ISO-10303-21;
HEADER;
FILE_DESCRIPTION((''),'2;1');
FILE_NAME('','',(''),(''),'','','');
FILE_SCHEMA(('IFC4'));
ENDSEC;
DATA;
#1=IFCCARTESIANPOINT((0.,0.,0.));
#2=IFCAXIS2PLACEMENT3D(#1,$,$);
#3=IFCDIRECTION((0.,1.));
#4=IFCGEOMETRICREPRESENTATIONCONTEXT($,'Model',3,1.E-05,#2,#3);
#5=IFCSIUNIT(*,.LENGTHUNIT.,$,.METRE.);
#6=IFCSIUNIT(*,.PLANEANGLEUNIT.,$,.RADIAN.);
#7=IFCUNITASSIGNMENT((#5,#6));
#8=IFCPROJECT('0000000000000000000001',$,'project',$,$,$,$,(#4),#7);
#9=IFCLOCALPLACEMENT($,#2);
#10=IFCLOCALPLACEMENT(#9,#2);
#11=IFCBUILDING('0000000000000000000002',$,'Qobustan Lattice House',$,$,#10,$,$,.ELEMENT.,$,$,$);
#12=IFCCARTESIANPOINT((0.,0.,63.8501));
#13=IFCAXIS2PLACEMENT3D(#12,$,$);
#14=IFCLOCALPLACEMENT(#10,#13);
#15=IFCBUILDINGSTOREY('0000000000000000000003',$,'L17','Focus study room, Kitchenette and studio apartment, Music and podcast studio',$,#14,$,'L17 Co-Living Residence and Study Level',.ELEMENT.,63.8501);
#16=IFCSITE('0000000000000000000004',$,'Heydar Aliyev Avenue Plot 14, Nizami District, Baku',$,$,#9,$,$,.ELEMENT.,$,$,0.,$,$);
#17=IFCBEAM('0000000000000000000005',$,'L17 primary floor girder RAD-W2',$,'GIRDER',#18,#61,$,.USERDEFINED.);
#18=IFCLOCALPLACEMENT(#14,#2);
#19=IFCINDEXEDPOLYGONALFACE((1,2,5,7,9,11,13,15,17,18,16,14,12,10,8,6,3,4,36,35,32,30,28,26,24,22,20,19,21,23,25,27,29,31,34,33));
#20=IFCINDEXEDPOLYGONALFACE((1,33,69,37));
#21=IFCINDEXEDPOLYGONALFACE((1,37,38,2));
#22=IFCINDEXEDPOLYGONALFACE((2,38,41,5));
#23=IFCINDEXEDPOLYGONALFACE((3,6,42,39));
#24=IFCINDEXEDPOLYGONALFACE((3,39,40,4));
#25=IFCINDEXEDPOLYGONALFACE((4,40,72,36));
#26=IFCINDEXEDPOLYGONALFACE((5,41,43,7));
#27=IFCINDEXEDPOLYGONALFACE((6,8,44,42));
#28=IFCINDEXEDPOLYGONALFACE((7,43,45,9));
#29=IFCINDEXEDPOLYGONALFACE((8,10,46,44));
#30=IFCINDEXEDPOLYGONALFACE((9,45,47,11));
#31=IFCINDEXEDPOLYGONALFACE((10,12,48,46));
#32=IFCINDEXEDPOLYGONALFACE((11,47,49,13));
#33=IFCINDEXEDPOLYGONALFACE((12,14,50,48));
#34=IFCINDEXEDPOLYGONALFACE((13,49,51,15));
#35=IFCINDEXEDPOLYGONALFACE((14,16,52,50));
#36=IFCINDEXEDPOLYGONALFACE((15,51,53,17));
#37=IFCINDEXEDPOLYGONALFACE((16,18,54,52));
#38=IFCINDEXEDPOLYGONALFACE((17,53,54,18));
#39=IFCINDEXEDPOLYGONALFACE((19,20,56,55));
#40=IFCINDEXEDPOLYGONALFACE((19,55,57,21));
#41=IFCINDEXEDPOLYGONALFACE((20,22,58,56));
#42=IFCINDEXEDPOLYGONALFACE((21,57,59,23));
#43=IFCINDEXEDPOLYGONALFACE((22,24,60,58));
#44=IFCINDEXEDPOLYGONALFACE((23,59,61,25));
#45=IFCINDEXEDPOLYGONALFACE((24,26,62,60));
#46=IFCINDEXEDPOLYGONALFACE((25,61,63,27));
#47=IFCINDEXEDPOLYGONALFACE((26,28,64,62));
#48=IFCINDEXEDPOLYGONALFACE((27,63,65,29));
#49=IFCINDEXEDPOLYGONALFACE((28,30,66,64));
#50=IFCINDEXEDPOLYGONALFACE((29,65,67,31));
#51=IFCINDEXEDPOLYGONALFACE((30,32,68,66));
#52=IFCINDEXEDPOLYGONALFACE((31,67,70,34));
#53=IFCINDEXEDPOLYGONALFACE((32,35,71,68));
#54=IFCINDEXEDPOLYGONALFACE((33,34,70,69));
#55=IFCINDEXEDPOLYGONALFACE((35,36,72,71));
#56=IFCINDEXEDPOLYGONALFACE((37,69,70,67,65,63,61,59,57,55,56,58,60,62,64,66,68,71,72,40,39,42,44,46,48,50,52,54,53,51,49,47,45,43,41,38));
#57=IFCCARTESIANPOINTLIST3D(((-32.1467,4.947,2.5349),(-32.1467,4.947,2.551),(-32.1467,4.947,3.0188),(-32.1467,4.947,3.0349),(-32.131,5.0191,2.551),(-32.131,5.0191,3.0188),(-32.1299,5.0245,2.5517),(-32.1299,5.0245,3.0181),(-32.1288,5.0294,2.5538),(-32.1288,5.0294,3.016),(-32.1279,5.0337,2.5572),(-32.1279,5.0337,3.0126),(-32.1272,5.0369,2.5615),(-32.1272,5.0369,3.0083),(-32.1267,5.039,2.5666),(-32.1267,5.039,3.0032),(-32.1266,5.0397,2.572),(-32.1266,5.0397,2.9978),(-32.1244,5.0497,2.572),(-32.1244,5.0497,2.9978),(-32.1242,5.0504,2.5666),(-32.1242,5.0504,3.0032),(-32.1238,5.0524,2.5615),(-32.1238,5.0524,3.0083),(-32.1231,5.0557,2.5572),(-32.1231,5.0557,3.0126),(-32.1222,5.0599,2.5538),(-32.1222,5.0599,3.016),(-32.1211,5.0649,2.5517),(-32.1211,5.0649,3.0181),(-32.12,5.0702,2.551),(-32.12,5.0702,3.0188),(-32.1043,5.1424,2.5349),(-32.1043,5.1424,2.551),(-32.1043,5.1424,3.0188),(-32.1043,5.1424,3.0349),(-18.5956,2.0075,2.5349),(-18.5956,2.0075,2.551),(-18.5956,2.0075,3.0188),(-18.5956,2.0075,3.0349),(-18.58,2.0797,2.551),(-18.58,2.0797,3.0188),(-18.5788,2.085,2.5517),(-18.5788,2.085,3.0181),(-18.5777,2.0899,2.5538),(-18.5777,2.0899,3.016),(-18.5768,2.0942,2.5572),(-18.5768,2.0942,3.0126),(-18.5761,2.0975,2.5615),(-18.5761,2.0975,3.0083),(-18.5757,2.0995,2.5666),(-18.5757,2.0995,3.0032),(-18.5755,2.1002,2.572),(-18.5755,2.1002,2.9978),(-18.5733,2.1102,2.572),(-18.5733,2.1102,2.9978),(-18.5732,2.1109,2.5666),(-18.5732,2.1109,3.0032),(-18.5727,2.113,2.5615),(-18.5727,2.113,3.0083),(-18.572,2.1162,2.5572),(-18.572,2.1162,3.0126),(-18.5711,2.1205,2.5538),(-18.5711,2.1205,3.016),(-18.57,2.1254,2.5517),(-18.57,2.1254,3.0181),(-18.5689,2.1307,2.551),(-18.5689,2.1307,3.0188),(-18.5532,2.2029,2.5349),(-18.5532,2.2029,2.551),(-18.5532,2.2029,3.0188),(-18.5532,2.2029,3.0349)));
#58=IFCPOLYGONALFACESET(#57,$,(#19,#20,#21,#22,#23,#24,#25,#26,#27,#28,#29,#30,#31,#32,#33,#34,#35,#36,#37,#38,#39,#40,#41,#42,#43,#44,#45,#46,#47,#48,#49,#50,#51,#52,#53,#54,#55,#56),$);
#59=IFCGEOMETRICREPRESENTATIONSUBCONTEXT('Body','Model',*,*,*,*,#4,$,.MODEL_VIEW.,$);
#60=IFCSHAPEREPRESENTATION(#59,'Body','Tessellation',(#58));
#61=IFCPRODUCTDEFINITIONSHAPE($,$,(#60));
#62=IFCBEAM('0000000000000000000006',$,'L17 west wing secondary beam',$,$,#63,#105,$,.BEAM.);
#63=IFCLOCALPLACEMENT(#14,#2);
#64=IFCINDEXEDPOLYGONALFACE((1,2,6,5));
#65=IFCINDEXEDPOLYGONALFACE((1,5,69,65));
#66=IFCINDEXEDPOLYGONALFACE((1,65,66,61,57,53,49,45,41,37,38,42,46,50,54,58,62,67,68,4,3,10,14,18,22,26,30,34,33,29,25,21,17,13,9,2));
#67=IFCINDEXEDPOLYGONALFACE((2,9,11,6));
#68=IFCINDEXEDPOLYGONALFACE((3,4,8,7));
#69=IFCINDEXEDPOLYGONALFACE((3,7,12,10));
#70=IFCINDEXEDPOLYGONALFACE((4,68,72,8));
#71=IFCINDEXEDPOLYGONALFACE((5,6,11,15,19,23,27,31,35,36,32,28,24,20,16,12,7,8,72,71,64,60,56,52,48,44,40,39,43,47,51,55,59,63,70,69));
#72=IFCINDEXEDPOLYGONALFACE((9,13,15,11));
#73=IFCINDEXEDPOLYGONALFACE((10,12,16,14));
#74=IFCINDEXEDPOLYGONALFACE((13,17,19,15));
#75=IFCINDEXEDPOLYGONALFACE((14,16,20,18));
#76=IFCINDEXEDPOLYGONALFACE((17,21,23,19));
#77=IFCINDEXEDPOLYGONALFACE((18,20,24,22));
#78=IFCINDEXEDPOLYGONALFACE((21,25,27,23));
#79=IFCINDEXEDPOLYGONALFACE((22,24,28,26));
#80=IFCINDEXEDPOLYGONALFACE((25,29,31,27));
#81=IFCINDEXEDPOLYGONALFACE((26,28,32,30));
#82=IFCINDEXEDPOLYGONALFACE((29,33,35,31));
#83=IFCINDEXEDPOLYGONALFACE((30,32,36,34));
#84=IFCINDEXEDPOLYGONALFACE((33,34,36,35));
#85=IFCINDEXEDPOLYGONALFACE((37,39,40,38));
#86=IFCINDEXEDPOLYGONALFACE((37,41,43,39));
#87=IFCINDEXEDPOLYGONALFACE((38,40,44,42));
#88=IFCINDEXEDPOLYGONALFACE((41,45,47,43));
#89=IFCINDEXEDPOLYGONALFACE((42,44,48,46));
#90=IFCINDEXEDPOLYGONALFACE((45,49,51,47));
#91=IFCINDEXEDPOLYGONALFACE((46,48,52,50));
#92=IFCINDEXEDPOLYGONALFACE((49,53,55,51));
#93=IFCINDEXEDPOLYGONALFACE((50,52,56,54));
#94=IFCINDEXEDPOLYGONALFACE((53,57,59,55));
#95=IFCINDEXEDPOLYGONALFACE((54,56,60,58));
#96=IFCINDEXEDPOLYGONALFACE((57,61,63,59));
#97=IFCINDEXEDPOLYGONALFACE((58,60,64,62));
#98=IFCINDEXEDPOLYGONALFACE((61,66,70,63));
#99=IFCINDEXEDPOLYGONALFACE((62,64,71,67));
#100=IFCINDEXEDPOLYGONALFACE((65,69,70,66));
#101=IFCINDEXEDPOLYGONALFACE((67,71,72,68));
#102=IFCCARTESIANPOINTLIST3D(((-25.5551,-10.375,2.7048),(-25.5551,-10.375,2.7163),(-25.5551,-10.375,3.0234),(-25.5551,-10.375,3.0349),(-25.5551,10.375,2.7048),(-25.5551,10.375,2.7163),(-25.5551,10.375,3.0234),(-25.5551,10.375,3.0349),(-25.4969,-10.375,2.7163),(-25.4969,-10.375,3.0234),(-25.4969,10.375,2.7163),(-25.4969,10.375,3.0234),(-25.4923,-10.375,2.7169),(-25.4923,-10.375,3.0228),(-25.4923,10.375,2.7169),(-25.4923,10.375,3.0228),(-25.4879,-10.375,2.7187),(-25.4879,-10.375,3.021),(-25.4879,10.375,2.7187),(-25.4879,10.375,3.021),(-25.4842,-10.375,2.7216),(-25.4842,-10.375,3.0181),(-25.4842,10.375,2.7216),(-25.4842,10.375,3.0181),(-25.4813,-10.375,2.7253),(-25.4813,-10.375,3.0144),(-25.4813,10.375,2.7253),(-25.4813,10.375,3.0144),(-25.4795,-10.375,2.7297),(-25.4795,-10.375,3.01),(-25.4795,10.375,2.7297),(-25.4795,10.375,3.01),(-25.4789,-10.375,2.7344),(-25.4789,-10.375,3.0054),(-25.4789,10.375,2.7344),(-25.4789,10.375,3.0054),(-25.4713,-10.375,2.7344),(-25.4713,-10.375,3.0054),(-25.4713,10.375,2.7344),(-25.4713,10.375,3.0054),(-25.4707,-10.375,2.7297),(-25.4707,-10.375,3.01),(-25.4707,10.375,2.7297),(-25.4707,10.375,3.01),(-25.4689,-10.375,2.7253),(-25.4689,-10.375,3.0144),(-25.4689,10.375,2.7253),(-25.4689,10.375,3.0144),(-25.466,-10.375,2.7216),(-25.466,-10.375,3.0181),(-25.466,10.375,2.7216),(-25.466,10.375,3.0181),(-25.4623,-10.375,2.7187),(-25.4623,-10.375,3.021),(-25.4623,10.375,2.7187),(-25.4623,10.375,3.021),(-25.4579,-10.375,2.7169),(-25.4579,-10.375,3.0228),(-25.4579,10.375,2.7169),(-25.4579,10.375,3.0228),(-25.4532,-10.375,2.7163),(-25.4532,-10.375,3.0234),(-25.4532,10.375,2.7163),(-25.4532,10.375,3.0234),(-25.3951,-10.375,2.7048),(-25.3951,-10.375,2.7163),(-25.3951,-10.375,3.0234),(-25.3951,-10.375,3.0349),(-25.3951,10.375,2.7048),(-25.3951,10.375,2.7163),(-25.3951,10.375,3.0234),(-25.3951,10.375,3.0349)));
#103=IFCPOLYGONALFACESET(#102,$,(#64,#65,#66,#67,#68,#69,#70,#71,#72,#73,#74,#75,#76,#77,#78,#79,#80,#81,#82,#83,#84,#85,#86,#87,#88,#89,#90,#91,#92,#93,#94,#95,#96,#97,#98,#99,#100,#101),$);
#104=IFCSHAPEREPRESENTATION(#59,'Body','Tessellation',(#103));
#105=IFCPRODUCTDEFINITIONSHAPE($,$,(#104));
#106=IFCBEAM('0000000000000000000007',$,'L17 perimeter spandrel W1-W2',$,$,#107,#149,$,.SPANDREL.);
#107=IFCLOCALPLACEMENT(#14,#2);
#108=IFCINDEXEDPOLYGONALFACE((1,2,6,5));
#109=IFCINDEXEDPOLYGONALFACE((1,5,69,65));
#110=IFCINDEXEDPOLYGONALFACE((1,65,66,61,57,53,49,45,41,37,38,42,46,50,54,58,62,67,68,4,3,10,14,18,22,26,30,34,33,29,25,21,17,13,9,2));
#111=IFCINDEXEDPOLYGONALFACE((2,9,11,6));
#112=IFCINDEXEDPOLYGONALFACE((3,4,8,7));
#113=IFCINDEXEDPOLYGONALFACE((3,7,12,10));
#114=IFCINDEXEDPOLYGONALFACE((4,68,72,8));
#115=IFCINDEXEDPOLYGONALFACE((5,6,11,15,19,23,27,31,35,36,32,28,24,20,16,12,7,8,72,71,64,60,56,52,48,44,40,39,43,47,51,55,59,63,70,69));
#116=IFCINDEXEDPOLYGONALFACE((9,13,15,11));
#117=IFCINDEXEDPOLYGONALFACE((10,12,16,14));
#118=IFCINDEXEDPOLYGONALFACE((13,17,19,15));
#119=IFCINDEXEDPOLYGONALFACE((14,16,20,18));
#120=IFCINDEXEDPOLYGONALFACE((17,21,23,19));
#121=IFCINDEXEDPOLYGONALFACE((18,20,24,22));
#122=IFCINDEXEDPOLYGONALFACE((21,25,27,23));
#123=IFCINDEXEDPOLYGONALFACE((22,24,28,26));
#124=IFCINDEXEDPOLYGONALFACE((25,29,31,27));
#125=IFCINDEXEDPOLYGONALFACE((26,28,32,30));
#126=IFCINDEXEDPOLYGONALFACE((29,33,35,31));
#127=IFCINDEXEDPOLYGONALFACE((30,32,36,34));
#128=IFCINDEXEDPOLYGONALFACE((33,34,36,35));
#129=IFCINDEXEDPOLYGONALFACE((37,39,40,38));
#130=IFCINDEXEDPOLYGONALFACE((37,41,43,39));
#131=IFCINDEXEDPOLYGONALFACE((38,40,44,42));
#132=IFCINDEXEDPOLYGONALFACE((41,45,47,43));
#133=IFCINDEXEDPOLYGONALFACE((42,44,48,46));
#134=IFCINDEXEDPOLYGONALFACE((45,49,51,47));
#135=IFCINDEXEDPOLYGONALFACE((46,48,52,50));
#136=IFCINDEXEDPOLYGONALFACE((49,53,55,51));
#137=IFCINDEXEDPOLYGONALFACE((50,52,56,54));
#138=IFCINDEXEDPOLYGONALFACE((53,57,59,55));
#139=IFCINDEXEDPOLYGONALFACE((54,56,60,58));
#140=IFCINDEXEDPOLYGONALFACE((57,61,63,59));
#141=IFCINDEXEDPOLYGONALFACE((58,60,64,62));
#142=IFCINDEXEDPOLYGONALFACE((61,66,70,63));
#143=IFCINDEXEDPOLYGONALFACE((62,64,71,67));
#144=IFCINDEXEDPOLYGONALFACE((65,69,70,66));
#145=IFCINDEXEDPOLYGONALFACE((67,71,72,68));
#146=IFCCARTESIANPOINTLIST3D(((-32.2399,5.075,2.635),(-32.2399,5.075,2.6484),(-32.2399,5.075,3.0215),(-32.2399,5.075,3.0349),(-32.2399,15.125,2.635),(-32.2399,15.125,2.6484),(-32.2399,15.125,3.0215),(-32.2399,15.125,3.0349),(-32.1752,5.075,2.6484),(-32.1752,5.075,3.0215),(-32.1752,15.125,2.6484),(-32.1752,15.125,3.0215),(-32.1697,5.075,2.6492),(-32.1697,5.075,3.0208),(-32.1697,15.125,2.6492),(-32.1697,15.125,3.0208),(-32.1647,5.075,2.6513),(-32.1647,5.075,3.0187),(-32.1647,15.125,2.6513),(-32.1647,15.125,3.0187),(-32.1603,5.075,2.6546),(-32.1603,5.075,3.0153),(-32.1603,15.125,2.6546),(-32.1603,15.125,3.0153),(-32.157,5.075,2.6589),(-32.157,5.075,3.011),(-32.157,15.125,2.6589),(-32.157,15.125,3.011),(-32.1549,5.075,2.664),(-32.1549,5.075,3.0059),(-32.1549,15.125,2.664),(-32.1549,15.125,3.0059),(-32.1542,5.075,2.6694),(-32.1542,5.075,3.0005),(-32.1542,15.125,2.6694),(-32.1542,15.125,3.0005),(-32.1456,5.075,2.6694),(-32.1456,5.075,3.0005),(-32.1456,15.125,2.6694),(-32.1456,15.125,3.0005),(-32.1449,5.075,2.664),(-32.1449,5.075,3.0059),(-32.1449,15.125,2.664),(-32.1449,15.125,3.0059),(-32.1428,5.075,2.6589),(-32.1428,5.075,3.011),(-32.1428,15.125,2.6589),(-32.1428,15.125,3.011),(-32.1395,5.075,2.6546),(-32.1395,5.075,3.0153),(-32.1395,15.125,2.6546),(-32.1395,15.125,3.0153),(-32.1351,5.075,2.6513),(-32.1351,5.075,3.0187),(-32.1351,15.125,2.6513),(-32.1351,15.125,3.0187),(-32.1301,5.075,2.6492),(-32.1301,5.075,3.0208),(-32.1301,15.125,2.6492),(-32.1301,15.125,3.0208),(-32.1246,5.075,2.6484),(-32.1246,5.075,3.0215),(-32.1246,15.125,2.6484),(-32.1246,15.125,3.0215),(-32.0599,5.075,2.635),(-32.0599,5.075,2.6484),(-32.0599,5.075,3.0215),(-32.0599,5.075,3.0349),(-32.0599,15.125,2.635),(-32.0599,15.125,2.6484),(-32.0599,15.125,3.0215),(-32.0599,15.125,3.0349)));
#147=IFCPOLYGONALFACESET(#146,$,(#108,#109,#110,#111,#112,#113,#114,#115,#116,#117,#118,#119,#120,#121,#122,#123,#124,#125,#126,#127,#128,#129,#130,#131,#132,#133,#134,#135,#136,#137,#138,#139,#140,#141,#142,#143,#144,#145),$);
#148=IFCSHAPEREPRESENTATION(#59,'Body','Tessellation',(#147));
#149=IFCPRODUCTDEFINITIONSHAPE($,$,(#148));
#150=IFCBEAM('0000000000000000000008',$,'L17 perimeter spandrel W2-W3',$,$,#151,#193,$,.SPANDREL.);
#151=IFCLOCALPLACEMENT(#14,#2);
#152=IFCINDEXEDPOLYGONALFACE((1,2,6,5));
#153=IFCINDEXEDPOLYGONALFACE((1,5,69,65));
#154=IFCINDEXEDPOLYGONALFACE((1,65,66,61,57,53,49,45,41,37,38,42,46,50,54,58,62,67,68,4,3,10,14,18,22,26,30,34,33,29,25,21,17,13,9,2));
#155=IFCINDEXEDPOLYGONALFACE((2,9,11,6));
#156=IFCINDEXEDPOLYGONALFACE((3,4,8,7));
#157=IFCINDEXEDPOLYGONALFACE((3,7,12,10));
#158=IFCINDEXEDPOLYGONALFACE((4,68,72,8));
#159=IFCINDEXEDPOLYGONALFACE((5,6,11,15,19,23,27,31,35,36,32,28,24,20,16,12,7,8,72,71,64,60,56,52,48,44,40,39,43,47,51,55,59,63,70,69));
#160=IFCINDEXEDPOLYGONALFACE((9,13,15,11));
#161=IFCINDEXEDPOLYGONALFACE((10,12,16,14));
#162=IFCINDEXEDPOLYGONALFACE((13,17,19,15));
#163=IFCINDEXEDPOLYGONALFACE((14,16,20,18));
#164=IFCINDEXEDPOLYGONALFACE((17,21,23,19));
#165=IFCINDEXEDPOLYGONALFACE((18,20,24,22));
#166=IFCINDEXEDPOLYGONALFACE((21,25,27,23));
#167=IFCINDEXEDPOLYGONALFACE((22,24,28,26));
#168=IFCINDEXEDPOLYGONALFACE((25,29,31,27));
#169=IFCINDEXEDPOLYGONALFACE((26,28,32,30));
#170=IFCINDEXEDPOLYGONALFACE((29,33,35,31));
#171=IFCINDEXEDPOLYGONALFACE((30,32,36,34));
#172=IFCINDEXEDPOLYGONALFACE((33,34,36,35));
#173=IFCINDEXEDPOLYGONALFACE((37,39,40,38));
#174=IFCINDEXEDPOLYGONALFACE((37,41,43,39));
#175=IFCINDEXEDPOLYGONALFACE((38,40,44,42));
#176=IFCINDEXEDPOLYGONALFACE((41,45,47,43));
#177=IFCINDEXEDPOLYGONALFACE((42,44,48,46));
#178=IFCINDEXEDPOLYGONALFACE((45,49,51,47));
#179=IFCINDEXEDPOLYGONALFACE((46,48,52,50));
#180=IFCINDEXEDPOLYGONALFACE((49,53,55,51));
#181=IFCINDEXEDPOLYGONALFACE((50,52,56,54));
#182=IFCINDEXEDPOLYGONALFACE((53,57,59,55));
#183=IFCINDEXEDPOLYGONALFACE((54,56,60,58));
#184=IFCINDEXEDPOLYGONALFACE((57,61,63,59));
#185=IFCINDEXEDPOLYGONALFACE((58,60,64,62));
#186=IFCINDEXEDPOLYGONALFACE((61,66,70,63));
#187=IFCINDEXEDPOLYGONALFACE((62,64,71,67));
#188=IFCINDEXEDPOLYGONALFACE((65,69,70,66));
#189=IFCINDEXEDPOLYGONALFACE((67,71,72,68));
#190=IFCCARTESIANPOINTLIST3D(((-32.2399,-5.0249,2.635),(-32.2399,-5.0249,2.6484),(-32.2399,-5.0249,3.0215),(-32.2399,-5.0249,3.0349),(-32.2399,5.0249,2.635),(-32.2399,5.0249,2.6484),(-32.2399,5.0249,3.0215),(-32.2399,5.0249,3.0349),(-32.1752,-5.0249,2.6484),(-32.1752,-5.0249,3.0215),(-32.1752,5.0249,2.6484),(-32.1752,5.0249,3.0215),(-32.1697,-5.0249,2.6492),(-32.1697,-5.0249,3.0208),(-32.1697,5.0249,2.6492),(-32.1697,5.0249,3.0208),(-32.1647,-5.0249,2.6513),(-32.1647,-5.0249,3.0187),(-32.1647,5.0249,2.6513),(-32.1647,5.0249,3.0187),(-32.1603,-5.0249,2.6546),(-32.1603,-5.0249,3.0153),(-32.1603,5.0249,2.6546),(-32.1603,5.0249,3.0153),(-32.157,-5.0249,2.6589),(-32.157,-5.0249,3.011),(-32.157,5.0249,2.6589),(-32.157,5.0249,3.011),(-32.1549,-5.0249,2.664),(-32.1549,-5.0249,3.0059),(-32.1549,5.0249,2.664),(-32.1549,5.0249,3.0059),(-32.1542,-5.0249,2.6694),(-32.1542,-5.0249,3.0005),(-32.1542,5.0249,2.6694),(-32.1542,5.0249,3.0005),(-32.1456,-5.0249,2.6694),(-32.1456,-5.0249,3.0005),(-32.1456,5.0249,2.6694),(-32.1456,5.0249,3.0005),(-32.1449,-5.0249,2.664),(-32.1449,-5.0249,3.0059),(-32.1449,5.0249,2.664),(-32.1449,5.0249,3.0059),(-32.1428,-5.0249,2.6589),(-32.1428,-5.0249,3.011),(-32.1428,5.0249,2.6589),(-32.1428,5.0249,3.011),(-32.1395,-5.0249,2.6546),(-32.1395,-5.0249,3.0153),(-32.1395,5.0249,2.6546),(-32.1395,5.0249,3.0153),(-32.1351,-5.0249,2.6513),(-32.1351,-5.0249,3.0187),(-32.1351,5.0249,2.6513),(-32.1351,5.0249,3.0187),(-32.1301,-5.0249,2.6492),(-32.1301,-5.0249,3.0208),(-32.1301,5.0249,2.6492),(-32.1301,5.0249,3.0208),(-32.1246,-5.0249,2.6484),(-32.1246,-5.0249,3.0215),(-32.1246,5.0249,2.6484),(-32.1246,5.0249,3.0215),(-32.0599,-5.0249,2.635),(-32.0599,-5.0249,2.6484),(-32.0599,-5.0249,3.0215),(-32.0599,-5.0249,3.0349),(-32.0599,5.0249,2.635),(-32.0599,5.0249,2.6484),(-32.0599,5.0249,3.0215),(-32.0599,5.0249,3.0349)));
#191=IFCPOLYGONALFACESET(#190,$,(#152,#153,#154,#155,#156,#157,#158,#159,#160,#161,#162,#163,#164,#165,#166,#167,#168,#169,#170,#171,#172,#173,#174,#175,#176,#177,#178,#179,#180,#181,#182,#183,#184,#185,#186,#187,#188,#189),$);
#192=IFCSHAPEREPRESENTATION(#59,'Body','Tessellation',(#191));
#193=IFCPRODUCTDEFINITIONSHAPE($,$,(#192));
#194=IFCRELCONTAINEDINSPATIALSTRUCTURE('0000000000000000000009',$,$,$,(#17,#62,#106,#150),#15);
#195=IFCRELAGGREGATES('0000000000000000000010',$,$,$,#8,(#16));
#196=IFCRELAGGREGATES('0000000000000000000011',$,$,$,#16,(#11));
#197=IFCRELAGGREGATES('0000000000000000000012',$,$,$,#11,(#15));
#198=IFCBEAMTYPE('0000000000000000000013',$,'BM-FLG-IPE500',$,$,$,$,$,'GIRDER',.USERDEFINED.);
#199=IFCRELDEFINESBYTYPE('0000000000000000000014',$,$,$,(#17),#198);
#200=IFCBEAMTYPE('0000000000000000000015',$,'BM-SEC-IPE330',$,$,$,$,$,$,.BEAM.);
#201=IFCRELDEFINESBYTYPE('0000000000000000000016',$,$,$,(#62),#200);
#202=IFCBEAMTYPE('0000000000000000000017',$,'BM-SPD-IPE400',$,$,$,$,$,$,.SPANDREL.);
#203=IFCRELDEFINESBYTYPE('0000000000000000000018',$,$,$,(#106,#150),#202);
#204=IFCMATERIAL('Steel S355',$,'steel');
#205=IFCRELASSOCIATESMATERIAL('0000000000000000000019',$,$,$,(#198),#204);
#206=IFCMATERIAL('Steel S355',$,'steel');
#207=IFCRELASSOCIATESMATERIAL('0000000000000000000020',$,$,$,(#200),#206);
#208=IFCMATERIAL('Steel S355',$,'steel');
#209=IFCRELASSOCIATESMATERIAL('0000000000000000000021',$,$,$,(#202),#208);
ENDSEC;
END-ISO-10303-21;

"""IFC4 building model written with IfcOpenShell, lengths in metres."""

from ifc_helpers import new_model, si_unit, direction, frame, origin, origin_2d, place, context, subcontext, project, spatial, i_section, extrude, material, material_profile, profile_set, type_object, element, save


model = new_model("IFC4")

# Units and contexts
model_context = context("Model", 3, precision=1e-05, world=origin(), true_north=direction((0.0, 1.0)))
body_context = subcontext(model_context, "Body", "Model", "MODEL_VIEW")
ifc_project = project(units=[si_unit("LENGTHUNIT", "METRE"), si_unit("PLANEANGLEUNIT", "RADIAN")], contexts=[model_context])

# Site, building, storey
site_placement = place(None, origin())
site = spatial("IfcSite", under=ifc_project, at=site_placement, Name="Heydar Aliyev Avenue Plot 14, Nizami District, Baku", CompositionType="ELEMENT", RefElevation=0.0)
building_placement = place(site_placement, origin())
building = spatial("IfcBuilding", under=site, at=building_placement, Name="Qobustan Lattice House", CompositionType="ELEMENT")
storey_placement = place(building_placement, frame((0.0, 0.0, 63.8501)))
storey = spatial("IfcBuildingStorey", under=building, at=storey_placement, Name="L17", Description="Focus study room, Kitchenette and studio apartment, Music and podcast studio", LongName="L17 Co-Living Residence and Study Level", CompositionType="ELEMENT", Elevation=63.8501)

# Beams
ifc_material_1 = material(Name="Steel S355", Category="steel")
ifc_material_profile_1 = material_profile(ifc_material_1, i_section(OverallWidth=0.2, OverallDepth=0.5, WebThickness=0.0103, FlangeThickness=0.0161, FilletRadius=0.021, at=origin_2d()), Name="IPE500")
ifc_profile_set_1 = profile_set([ifc_material_profile_1], Name="Steel S355")
beam_type_1 = type_object("IfcBeamType", Name="BM-FLG-IPE500", ElementType="GIRDER", PredefinedType="USERDEFINED", material=ifc_profile_set_1)
beam_1_placement = place(storey_placement, frame((-32.1255, 5.0447, 2.7849), z_axis=(0.977272, -0.211987, 0.0), x_axis=(0.211987, 0.977272, 0.0)))
element("IfcBeam", 1, at=beam_1_placement, inside=storey, type_object=beam_type_1, Name="L17 primary floor girder RAD-W2", ObjectType="GIRDER", PredefinedType="USERDEFINED", context=body_context, shape_type="SweptSolid", body=[
    extrude(i_section(OverallWidth=0.2, OverallDepth=0.5, WebThickness=0.0103, FlangeThickness=0.0161, FilletRadius=0.021, at=origin_2d()), origin(), (0.0, 0.0, 1.0), 13.8662),
])
ifc_material_2 = material(Name="Steel S355", Category="steel")
ifc_material_profile_2 = material_profile(ifc_material_2, i_section(OverallWidth=0.1599, OverallDepth=0.3301, WebThickness=0.0076, FlangeThickness=0.0115, FilletRadius=0.0181, at=origin_2d()), Name="IPE330")
ifc_profile_set_2 = profile_set([ifc_material_profile_2], Name="Steel S355")
beam_type_2 = type_object("IfcBeamType", Name="BM-SEC-IPE330", PredefinedType="BEAM", material=ifc_profile_set_2)
beam_2_placement = place(storey_placement, frame((-25.4751, 10.375, 2.8699), z_axis=(0.0, -1.0, 0.0), x_axis=(1.0, 0.0, 0.0)))
element("IfcBeam", 2, at=beam_2_placement, inside=storey, type_object=beam_type_2, Name="L17 west wing secondary beam", PredefinedType="BEAM", context=body_context, shape_type="SweptSolid", body=[
    extrude(i_section(OverallWidth=0.1599, OverallDepth=0.3301, WebThickness=0.0076, FlangeThickness=0.0115, FilletRadius=0.0181, at=origin_2d()), origin(), (0.0, 0.0, 1.0), 20.75),
])
ifc_material_3 = material(Name="Steel S355", Category="steel")
ifc_material_profile_3 = material_profile(ifc_material_3, i_section(OverallWidth=0.1799, OverallDepth=0.3999, WebThickness=0.0085, FlangeThickness=0.0134, FilletRadius=0.021, at=origin_2d()), Name="IPE400")
ifc_profile_set_3 = profile_set([ifc_material_profile_3], Name="Steel S355")
beam_type_3 = type_object("IfcBeamType", Name="BM-SPD-IPE400", PredefinedType="SPANDREL", material=ifc_profile_set_3)
beam_3_placement = place(storey_placement, frame((-32.1499, 15.125, 2.835), z_axis=(0.0, -1.0, 0.0), x_axis=(1.0, 0.0, 0.0)))
element("IfcBeam", 3, at=beam_3_placement, inside=storey, type_object=beam_type_3, Name="L17 perimeter spandrel W1-W2", PredefinedType="SPANDREL", context=body_context, shape_type="SweptSolid", body=[
    extrude(i_section(OverallWidth=0.1799, OverallDepth=0.3999, WebThickness=0.0085, FlangeThickness=0.0134, FilletRadius=0.021, at=origin_2d()), origin(), (0.0, 0.0, 1.0), 10.05),
])
beam_4_placement = place(storey_placement, frame((-32.1499, 5.0249, 2.835), z_axis=(0.0, -1.0, 0.0), x_axis=(1.0, 0.0, 0.0)))
element("IfcBeam", 4, at=beam_4_placement, inside=storey, type_object=beam_type_3, Name="L17 perimeter spandrel W2-W3", PredefinedType="SPANDREL", context=body_context, shape_type="SweptSolid", body=[
    extrude(i_section(OverallWidth=0.1799, OverallDepth=0.3999, WebThickness=0.0085, FlangeThickness=0.0134, FilletRadius=0.021, at=origin_2d()), origin(), (0.0, 0.0, 1.0), 10.0498),
])

save(model, "model.ifc")
